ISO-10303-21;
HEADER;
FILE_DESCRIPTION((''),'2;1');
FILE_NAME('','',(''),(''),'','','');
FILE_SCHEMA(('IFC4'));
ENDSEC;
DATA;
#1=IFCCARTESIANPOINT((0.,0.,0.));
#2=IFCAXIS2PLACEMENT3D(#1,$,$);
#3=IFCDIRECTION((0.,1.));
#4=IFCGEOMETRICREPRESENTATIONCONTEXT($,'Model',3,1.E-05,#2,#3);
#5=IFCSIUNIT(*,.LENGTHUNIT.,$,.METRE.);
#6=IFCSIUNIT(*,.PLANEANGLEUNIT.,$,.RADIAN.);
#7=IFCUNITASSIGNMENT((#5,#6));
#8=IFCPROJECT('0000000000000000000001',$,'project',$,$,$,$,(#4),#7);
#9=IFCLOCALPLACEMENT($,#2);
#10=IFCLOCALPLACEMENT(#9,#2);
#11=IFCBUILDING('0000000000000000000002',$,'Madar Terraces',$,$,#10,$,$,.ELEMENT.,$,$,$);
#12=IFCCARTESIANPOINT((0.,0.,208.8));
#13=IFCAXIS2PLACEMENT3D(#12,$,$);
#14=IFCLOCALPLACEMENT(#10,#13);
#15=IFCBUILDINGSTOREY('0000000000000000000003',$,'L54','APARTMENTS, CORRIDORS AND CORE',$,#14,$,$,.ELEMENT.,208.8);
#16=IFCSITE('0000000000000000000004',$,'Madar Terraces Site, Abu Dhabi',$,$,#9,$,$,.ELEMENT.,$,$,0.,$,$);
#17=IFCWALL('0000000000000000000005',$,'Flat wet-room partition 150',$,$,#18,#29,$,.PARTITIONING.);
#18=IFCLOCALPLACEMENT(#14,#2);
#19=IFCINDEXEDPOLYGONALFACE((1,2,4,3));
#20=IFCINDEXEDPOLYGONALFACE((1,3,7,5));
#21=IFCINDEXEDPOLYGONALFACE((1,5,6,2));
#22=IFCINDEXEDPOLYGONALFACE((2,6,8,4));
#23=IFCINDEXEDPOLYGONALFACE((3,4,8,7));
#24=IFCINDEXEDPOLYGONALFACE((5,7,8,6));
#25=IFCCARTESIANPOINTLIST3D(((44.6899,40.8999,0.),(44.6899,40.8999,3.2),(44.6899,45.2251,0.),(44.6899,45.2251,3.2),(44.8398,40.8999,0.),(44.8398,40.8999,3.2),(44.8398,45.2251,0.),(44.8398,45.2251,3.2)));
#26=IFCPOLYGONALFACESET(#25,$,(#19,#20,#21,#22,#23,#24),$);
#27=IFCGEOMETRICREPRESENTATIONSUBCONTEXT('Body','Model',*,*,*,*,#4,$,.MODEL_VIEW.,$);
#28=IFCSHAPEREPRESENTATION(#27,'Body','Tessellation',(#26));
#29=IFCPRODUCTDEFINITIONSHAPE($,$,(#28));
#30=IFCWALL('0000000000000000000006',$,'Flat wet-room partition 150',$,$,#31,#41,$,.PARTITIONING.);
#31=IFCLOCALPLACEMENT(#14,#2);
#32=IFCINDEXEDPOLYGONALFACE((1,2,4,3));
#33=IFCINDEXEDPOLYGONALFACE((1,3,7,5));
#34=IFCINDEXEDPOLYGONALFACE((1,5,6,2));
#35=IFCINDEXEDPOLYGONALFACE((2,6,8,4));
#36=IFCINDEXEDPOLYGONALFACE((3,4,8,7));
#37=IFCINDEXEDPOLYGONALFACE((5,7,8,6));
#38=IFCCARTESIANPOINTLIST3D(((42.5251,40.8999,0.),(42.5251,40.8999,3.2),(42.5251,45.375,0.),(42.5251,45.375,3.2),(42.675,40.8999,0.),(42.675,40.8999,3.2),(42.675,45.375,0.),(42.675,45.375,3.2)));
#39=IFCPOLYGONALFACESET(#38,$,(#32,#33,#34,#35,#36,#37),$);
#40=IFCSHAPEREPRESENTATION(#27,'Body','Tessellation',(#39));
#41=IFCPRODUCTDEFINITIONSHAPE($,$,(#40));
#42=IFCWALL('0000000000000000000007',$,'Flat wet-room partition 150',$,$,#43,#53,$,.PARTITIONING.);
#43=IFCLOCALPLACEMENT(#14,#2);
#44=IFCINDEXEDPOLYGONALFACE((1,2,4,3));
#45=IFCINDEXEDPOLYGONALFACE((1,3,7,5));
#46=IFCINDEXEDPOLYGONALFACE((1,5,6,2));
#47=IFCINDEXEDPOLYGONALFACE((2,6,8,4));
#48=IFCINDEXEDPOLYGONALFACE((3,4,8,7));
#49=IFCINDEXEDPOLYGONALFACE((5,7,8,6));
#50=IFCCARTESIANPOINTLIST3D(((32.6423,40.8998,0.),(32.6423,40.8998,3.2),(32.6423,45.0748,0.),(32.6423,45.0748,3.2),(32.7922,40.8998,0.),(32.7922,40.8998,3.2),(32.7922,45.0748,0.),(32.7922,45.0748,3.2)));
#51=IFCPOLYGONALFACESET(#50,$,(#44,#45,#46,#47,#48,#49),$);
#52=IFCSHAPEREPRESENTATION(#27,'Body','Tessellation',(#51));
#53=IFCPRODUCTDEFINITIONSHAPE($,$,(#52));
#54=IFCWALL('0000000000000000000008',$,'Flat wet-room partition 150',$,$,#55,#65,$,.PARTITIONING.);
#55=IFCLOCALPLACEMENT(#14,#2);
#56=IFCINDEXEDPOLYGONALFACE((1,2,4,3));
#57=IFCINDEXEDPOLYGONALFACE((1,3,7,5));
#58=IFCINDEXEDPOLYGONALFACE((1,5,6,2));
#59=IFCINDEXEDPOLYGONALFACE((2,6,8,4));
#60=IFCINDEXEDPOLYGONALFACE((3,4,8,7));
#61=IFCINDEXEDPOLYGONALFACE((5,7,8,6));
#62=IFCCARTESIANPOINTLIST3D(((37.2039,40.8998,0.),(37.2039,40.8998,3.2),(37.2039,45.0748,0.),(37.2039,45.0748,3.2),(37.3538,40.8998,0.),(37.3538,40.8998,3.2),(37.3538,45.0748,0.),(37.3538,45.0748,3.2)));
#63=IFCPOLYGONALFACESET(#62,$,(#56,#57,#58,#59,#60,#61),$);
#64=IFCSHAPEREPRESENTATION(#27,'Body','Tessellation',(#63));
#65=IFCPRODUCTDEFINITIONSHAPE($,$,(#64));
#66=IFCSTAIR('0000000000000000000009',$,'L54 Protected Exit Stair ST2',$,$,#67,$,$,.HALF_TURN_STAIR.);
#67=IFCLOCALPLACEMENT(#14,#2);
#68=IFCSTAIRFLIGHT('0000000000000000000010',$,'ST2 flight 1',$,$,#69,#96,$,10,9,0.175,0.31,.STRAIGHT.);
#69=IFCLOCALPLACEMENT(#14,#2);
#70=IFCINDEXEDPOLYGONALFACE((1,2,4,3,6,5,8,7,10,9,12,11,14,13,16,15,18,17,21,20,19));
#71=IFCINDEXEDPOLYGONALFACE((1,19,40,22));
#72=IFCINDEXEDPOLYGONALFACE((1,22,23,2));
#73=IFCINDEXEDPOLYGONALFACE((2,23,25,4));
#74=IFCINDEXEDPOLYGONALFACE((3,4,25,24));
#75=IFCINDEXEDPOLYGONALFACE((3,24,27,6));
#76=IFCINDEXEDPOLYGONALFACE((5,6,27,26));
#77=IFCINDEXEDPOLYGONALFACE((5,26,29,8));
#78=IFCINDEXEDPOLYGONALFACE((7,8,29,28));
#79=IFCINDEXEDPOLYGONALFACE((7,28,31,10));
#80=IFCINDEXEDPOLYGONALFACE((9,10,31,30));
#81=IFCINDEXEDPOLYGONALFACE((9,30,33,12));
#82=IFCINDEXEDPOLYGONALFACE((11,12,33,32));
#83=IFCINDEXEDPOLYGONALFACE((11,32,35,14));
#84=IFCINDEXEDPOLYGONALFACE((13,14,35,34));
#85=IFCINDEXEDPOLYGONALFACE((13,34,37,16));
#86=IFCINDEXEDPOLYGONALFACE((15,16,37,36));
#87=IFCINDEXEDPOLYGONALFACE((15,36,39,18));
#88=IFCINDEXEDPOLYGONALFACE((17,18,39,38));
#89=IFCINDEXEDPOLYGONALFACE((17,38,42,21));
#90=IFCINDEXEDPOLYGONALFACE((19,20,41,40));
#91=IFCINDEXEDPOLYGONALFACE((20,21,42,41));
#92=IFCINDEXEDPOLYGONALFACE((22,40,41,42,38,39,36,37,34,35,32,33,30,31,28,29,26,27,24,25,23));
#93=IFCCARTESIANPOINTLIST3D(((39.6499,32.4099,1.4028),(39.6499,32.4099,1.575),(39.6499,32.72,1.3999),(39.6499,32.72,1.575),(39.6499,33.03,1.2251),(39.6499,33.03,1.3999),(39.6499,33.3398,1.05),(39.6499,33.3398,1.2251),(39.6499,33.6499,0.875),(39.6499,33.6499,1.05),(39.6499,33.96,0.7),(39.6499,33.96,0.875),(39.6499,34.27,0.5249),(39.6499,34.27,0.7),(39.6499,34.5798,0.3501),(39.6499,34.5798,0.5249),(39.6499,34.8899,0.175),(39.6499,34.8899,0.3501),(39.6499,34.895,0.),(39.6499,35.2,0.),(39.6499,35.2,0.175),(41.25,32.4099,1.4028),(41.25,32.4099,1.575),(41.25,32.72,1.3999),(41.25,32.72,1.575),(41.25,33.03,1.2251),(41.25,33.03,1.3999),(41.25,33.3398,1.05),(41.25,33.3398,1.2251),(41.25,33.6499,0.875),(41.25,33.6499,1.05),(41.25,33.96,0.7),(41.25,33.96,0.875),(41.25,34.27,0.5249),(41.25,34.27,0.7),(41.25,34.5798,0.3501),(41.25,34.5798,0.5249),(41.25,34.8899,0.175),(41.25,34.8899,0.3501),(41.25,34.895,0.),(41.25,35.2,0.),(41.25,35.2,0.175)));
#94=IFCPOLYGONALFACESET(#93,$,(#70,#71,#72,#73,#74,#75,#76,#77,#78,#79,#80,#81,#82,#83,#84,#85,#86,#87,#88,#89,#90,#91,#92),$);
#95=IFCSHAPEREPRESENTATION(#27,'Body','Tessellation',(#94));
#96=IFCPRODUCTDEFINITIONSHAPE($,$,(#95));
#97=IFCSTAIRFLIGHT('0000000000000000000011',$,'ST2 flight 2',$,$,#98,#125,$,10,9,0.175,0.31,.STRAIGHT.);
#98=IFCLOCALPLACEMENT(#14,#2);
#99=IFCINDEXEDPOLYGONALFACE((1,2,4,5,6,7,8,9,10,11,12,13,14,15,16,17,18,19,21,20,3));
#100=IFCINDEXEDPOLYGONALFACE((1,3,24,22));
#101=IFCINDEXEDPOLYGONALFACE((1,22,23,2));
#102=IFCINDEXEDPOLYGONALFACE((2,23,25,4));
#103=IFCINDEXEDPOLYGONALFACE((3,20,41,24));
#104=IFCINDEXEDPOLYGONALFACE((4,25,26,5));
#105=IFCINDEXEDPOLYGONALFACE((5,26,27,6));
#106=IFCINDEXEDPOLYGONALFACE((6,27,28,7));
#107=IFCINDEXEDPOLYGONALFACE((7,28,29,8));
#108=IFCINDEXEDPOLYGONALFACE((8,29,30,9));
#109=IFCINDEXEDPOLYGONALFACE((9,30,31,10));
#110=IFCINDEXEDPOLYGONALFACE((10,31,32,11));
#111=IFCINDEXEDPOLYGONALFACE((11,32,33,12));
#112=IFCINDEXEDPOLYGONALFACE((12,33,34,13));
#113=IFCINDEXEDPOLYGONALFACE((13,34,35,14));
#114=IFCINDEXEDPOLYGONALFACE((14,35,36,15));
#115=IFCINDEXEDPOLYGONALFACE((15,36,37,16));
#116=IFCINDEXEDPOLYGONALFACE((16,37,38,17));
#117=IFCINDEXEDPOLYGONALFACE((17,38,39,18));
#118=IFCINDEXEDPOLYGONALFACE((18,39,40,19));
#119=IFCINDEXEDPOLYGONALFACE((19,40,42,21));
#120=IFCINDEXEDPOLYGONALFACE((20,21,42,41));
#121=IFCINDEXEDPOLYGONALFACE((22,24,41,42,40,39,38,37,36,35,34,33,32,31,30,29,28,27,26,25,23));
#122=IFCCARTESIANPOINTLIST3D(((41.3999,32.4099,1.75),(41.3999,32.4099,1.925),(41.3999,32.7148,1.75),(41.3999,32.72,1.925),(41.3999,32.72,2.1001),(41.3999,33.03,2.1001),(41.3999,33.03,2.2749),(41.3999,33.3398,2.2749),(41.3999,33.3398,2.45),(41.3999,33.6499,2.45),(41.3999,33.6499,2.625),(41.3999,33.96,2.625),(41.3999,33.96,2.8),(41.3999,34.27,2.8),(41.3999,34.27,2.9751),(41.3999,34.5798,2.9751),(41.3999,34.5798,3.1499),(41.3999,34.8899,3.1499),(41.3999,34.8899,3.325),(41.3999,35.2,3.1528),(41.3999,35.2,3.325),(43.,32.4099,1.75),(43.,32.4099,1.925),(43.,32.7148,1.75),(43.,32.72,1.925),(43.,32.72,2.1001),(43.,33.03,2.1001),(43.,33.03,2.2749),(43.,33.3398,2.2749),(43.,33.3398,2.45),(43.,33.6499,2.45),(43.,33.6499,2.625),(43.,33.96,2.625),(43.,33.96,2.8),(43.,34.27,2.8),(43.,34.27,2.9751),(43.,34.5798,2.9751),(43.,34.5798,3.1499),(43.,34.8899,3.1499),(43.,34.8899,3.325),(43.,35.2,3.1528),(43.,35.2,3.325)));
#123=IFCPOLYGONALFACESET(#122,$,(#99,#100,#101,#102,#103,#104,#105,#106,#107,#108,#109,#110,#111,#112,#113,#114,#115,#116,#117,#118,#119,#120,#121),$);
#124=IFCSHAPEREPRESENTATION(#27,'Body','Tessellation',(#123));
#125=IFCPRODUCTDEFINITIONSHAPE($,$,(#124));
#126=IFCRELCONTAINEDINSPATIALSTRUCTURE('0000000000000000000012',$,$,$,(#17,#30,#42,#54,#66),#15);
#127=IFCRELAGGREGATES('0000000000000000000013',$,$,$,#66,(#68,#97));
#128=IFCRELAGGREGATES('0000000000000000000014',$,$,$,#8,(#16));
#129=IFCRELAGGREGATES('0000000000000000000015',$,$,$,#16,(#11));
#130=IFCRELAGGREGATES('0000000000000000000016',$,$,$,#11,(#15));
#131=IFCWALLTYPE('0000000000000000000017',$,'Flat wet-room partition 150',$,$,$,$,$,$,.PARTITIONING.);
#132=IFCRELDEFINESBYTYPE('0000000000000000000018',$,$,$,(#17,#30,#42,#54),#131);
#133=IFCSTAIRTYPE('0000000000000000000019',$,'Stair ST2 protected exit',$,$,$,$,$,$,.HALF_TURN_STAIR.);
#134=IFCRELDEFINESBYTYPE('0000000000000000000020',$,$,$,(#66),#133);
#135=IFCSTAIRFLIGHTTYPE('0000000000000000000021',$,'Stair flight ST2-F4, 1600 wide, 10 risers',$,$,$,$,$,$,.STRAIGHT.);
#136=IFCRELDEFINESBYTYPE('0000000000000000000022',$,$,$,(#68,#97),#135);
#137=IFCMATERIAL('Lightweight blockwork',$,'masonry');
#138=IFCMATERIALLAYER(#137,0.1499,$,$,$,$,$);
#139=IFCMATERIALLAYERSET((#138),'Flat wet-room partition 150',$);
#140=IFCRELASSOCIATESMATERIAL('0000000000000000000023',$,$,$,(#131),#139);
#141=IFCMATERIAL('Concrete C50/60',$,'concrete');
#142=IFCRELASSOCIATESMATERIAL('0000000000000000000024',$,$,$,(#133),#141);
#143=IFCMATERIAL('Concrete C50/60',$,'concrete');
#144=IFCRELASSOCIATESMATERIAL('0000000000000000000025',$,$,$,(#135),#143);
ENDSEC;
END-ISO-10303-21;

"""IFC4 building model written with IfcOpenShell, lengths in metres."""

from ifc_helpers import new_model, si_unit, direction, frame, frame_2d, origin, place, context, subcontext, project, spatial, polyline, rectangle, outline, extrude, material, layer, layer_set, type_object, element, aggregate, save


model = new_model("IFC4")

# Units and contexts
model_context = context("Model", 3, precision=1e-05, world=origin(), true_north=direction((0.0, 1.0)))
body_context = subcontext(model_context, "Body", "Model", "MODEL_VIEW")
ifc_project = project(units=[si_unit("LENGTHUNIT", "METRE"), si_unit("PLANEANGLEUNIT", "RADIAN")], contexts=[model_context])

# Site, building, storey
site_placement = place(None, origin())
site = spatial("IfcSite", under=ifc_project, at=site_placement, Name="Madar Terraces Site, Abu Dhabi", CompositionType="ELEMENT", RefElevation=0.0)
building_placement = place(site_placement, origin())
building = spatial("IfcBuilding", under=site, at=building_placement, Name="Madar Terraces", CompositionType="ELEMENT")
storey_placement = place(building_placement, frame((0.0, 0.0, 208.8)))
storey = spatial("IfcBuildingStorey", under=building, at=storey_placement, Name="L54", Description="APARTMENTS, CORRIDORS AND CORE", CompositionType="ELEMENT", Elevation=208.8)

# Walls
ifc_material_1 = material(Name="Lightweight blockwork", Category="masonry")
ifc_layer_1 = layer(ifc_material_1, 0.1499)
ifc_layer_set_1 = layer_set([ifc_layer_1], Name="Flat wet-room partition 150")
wall_type_1 = type_object("IfcWallType", Name="Flat wet-room partition 150", PredefinedType="PARTITIONING", material=ifc_layer_set_1)
wall_1_placement = place(storey_placement, frame((44.7649, 40.8999, 0.0), z_axis=(0.0, 0.0, 1.0), x_axis=(0.0, 1.0, 0.0)))
element("IfcWall", 1, at=wall_1_placement, inside=storey, type_object=wall_type_1, Name="Flat wet-room partition 150", PredefinedType="PARTITIONING", context=body_context, shape_type="SweptSolid", body=[
    extrude(rectangle(XDim=4.3252, YDim=0.1499, at=frame_2d((2.1626, 0.0))), origin(), (0.0, 0.0, 1.0), 3.2),
])
wall_2_placement = place(storey_placement, frame((42.6001, 40.8999, 0.0), z_axis=(0.0, 0.0, 1.0), x_axis=(0.0, 1.0, 0.0)))
element("IfcWall", 2, at=wall_2_placement, inside=storey, type_object=wall_type_1, Name="Flat wet-room partition 150", PredefinedType="PARTITIONING", context=body_context, shape_type="SweptSolid", body=[
    extrude(rectangle(XDim=4.4751, YDim=0.1499, at=frame_2d((2.2375, 0.0))), origin(), (0.0, 0.0, 1.0), 3.2),
])
for number, where, z_axis, x_axis, name in (
    (3, (32.7173, 40.8999, 0.0), (0.0, 0.0, 1.0), (0.0, 1.0, 0.0), "Flat wet-room partition 150"),
    (4, (37.2788, 40.8999, 0.0), (0.0, 0.0, 1.0), (0.0, 1.0, 0.0), "Flat wet-room partition 150"),
):
    element("IfcWall", number, at=place(storey_placement, frame(where, z_axis=z_axis, x_axis=x_axis)), inside=storey, type_object=wall_type_1, Name=name, PredefinedType="PARTITIONING", context=body_context, shape_type="SweptSolid", body=[
        extrude(rectangle(XDim=4.175, YDim=0.1499, at=frame_2d((2.0874, 0.0))), origin(), (0.0, 0.0, 1.0), 3.2),
    ])

# Stair, stair flights
ifc_material_2 = material(Name="Concrete C50/60", Category="concrete")
stair_type = type_object("IfcStairType", Name="Stair ST2 protected exit", PredefinedType="HALF_TURN_STAIR", material=ifc_material_2)
stair_placement = place(storey_placement, origin())
stair = element("IfcStair", 5, at=stair_placement, inside=storey, type_object=stair_type, Name="L54 Protected Exit Stair ST2", PredefinedType="HALF_TURN_STAIR")
ifc_material_3 = material(Name="Concrete C50/60", Category="concrete")
stair_flight_type = type_object("IfcStairFlightType", Name="Stair flight ST2-F4, 1600 wide, 10 risers", PredefinedType="STRAIGHT", material=ifc_material_3)
stair_flight_1_placement = place(storey_placement, frame((40.45, 35.2, 0.0), z_axis=(0.0, 0.0, 1.0), x_axis=(0.0, -1.0, 0.0)))
stair_flight_1 = element("IfcStairFlight", 6, at=stair_flight_1_placement, type_object=stair_flight_type, Name="ST2 flight 1", NumberOfRisers=10, NumberOfTreads=9, PredefinedType="STRAIGHT", RiserHeight=0.175, TreadLength=0.31, context=body_context, shape_type="SweptSolid", body=[
    extrude(outline(polyline([(0.0, 0.0), (0.0, 0.175), (0.3101, 0.175), (0.3101, 0.3501), (0.6201, 0.3501), (0.6201, 0.5249), (0.9299, 0.5249), (0.9299, 0.7), (1.24, 0.7), (1.24, 0.875), (1.55, 0.875), (1.55, 1.05), (1.8601, 1.05), (1.8601, 1.2251), (2.1699, 1.2251), (2.1699, 1.3999), (2.48, 1.3999), (2.48, 1.575), (2.79, 1.575), (2.79, 1.75), (2.79, 1.4028), (0.3049, 0.0), (0.0, 0.0)])), frame((0.0, 0.8, 0.0), z_axis=(0.0, -1.0, 0.0), x_axis=(1.0, 0.0, 0.0)), (0.0, 0.0, 1.0), 1.6001),
])
stair_flight_2_placement = place(storey_placement, frame((42.2, 32.4099, 1.75), z_axis=(0.0, 0.0, 1.0), x_axis=(0.0, 1.0, 0.0)))
stair_flight_2 = element("IfcStairFlight", 7, at=stair_flight_2_placement, type_object=stair_flight_type, Name="ST2 flight 2", NumberOfRisers=10, NumberOfTreads=9, PredefinedType="STRAIGHT", RiserHeight=0.175, TreadLength=0.31, context=body_context, shape_type="SweptSolid", body=[
    extrude(outline(polyline([(0.0, 0.0), (0.0, 0.175), (0.3101, 0.175), (0.3101, 0.3501), (0.6201, 0.3501), (0.6201, 0.5249), (0.9299, 0.5249), (0.9299, 0.7), (1.24, 0.7), (1.24, 0.875), (1.55, 0.875), (1.55, 1.05), (1.8601, 1.05), (1.8601, 1.2251), (2.1699, 1.2251), (2.1699, 1.3999), (2.48, 1.3999), (2.48, 1.575), (2.79, 1.575), (2.79, 1.75), (2.79, 1.4028), (0.3049, 0.0), (0.0, 0.0)])), frame((0.0, 0.8, 0.0), z_axis=(0.0, -1.0, 0.0), x_axis=(1.0, 0.0, 0.0)), (0.0, 0.0, 1.0), 1.6001),
])
aggregate(stair, [stair_flight_1, stair_flight_2])

save(model, "model.ifc")
